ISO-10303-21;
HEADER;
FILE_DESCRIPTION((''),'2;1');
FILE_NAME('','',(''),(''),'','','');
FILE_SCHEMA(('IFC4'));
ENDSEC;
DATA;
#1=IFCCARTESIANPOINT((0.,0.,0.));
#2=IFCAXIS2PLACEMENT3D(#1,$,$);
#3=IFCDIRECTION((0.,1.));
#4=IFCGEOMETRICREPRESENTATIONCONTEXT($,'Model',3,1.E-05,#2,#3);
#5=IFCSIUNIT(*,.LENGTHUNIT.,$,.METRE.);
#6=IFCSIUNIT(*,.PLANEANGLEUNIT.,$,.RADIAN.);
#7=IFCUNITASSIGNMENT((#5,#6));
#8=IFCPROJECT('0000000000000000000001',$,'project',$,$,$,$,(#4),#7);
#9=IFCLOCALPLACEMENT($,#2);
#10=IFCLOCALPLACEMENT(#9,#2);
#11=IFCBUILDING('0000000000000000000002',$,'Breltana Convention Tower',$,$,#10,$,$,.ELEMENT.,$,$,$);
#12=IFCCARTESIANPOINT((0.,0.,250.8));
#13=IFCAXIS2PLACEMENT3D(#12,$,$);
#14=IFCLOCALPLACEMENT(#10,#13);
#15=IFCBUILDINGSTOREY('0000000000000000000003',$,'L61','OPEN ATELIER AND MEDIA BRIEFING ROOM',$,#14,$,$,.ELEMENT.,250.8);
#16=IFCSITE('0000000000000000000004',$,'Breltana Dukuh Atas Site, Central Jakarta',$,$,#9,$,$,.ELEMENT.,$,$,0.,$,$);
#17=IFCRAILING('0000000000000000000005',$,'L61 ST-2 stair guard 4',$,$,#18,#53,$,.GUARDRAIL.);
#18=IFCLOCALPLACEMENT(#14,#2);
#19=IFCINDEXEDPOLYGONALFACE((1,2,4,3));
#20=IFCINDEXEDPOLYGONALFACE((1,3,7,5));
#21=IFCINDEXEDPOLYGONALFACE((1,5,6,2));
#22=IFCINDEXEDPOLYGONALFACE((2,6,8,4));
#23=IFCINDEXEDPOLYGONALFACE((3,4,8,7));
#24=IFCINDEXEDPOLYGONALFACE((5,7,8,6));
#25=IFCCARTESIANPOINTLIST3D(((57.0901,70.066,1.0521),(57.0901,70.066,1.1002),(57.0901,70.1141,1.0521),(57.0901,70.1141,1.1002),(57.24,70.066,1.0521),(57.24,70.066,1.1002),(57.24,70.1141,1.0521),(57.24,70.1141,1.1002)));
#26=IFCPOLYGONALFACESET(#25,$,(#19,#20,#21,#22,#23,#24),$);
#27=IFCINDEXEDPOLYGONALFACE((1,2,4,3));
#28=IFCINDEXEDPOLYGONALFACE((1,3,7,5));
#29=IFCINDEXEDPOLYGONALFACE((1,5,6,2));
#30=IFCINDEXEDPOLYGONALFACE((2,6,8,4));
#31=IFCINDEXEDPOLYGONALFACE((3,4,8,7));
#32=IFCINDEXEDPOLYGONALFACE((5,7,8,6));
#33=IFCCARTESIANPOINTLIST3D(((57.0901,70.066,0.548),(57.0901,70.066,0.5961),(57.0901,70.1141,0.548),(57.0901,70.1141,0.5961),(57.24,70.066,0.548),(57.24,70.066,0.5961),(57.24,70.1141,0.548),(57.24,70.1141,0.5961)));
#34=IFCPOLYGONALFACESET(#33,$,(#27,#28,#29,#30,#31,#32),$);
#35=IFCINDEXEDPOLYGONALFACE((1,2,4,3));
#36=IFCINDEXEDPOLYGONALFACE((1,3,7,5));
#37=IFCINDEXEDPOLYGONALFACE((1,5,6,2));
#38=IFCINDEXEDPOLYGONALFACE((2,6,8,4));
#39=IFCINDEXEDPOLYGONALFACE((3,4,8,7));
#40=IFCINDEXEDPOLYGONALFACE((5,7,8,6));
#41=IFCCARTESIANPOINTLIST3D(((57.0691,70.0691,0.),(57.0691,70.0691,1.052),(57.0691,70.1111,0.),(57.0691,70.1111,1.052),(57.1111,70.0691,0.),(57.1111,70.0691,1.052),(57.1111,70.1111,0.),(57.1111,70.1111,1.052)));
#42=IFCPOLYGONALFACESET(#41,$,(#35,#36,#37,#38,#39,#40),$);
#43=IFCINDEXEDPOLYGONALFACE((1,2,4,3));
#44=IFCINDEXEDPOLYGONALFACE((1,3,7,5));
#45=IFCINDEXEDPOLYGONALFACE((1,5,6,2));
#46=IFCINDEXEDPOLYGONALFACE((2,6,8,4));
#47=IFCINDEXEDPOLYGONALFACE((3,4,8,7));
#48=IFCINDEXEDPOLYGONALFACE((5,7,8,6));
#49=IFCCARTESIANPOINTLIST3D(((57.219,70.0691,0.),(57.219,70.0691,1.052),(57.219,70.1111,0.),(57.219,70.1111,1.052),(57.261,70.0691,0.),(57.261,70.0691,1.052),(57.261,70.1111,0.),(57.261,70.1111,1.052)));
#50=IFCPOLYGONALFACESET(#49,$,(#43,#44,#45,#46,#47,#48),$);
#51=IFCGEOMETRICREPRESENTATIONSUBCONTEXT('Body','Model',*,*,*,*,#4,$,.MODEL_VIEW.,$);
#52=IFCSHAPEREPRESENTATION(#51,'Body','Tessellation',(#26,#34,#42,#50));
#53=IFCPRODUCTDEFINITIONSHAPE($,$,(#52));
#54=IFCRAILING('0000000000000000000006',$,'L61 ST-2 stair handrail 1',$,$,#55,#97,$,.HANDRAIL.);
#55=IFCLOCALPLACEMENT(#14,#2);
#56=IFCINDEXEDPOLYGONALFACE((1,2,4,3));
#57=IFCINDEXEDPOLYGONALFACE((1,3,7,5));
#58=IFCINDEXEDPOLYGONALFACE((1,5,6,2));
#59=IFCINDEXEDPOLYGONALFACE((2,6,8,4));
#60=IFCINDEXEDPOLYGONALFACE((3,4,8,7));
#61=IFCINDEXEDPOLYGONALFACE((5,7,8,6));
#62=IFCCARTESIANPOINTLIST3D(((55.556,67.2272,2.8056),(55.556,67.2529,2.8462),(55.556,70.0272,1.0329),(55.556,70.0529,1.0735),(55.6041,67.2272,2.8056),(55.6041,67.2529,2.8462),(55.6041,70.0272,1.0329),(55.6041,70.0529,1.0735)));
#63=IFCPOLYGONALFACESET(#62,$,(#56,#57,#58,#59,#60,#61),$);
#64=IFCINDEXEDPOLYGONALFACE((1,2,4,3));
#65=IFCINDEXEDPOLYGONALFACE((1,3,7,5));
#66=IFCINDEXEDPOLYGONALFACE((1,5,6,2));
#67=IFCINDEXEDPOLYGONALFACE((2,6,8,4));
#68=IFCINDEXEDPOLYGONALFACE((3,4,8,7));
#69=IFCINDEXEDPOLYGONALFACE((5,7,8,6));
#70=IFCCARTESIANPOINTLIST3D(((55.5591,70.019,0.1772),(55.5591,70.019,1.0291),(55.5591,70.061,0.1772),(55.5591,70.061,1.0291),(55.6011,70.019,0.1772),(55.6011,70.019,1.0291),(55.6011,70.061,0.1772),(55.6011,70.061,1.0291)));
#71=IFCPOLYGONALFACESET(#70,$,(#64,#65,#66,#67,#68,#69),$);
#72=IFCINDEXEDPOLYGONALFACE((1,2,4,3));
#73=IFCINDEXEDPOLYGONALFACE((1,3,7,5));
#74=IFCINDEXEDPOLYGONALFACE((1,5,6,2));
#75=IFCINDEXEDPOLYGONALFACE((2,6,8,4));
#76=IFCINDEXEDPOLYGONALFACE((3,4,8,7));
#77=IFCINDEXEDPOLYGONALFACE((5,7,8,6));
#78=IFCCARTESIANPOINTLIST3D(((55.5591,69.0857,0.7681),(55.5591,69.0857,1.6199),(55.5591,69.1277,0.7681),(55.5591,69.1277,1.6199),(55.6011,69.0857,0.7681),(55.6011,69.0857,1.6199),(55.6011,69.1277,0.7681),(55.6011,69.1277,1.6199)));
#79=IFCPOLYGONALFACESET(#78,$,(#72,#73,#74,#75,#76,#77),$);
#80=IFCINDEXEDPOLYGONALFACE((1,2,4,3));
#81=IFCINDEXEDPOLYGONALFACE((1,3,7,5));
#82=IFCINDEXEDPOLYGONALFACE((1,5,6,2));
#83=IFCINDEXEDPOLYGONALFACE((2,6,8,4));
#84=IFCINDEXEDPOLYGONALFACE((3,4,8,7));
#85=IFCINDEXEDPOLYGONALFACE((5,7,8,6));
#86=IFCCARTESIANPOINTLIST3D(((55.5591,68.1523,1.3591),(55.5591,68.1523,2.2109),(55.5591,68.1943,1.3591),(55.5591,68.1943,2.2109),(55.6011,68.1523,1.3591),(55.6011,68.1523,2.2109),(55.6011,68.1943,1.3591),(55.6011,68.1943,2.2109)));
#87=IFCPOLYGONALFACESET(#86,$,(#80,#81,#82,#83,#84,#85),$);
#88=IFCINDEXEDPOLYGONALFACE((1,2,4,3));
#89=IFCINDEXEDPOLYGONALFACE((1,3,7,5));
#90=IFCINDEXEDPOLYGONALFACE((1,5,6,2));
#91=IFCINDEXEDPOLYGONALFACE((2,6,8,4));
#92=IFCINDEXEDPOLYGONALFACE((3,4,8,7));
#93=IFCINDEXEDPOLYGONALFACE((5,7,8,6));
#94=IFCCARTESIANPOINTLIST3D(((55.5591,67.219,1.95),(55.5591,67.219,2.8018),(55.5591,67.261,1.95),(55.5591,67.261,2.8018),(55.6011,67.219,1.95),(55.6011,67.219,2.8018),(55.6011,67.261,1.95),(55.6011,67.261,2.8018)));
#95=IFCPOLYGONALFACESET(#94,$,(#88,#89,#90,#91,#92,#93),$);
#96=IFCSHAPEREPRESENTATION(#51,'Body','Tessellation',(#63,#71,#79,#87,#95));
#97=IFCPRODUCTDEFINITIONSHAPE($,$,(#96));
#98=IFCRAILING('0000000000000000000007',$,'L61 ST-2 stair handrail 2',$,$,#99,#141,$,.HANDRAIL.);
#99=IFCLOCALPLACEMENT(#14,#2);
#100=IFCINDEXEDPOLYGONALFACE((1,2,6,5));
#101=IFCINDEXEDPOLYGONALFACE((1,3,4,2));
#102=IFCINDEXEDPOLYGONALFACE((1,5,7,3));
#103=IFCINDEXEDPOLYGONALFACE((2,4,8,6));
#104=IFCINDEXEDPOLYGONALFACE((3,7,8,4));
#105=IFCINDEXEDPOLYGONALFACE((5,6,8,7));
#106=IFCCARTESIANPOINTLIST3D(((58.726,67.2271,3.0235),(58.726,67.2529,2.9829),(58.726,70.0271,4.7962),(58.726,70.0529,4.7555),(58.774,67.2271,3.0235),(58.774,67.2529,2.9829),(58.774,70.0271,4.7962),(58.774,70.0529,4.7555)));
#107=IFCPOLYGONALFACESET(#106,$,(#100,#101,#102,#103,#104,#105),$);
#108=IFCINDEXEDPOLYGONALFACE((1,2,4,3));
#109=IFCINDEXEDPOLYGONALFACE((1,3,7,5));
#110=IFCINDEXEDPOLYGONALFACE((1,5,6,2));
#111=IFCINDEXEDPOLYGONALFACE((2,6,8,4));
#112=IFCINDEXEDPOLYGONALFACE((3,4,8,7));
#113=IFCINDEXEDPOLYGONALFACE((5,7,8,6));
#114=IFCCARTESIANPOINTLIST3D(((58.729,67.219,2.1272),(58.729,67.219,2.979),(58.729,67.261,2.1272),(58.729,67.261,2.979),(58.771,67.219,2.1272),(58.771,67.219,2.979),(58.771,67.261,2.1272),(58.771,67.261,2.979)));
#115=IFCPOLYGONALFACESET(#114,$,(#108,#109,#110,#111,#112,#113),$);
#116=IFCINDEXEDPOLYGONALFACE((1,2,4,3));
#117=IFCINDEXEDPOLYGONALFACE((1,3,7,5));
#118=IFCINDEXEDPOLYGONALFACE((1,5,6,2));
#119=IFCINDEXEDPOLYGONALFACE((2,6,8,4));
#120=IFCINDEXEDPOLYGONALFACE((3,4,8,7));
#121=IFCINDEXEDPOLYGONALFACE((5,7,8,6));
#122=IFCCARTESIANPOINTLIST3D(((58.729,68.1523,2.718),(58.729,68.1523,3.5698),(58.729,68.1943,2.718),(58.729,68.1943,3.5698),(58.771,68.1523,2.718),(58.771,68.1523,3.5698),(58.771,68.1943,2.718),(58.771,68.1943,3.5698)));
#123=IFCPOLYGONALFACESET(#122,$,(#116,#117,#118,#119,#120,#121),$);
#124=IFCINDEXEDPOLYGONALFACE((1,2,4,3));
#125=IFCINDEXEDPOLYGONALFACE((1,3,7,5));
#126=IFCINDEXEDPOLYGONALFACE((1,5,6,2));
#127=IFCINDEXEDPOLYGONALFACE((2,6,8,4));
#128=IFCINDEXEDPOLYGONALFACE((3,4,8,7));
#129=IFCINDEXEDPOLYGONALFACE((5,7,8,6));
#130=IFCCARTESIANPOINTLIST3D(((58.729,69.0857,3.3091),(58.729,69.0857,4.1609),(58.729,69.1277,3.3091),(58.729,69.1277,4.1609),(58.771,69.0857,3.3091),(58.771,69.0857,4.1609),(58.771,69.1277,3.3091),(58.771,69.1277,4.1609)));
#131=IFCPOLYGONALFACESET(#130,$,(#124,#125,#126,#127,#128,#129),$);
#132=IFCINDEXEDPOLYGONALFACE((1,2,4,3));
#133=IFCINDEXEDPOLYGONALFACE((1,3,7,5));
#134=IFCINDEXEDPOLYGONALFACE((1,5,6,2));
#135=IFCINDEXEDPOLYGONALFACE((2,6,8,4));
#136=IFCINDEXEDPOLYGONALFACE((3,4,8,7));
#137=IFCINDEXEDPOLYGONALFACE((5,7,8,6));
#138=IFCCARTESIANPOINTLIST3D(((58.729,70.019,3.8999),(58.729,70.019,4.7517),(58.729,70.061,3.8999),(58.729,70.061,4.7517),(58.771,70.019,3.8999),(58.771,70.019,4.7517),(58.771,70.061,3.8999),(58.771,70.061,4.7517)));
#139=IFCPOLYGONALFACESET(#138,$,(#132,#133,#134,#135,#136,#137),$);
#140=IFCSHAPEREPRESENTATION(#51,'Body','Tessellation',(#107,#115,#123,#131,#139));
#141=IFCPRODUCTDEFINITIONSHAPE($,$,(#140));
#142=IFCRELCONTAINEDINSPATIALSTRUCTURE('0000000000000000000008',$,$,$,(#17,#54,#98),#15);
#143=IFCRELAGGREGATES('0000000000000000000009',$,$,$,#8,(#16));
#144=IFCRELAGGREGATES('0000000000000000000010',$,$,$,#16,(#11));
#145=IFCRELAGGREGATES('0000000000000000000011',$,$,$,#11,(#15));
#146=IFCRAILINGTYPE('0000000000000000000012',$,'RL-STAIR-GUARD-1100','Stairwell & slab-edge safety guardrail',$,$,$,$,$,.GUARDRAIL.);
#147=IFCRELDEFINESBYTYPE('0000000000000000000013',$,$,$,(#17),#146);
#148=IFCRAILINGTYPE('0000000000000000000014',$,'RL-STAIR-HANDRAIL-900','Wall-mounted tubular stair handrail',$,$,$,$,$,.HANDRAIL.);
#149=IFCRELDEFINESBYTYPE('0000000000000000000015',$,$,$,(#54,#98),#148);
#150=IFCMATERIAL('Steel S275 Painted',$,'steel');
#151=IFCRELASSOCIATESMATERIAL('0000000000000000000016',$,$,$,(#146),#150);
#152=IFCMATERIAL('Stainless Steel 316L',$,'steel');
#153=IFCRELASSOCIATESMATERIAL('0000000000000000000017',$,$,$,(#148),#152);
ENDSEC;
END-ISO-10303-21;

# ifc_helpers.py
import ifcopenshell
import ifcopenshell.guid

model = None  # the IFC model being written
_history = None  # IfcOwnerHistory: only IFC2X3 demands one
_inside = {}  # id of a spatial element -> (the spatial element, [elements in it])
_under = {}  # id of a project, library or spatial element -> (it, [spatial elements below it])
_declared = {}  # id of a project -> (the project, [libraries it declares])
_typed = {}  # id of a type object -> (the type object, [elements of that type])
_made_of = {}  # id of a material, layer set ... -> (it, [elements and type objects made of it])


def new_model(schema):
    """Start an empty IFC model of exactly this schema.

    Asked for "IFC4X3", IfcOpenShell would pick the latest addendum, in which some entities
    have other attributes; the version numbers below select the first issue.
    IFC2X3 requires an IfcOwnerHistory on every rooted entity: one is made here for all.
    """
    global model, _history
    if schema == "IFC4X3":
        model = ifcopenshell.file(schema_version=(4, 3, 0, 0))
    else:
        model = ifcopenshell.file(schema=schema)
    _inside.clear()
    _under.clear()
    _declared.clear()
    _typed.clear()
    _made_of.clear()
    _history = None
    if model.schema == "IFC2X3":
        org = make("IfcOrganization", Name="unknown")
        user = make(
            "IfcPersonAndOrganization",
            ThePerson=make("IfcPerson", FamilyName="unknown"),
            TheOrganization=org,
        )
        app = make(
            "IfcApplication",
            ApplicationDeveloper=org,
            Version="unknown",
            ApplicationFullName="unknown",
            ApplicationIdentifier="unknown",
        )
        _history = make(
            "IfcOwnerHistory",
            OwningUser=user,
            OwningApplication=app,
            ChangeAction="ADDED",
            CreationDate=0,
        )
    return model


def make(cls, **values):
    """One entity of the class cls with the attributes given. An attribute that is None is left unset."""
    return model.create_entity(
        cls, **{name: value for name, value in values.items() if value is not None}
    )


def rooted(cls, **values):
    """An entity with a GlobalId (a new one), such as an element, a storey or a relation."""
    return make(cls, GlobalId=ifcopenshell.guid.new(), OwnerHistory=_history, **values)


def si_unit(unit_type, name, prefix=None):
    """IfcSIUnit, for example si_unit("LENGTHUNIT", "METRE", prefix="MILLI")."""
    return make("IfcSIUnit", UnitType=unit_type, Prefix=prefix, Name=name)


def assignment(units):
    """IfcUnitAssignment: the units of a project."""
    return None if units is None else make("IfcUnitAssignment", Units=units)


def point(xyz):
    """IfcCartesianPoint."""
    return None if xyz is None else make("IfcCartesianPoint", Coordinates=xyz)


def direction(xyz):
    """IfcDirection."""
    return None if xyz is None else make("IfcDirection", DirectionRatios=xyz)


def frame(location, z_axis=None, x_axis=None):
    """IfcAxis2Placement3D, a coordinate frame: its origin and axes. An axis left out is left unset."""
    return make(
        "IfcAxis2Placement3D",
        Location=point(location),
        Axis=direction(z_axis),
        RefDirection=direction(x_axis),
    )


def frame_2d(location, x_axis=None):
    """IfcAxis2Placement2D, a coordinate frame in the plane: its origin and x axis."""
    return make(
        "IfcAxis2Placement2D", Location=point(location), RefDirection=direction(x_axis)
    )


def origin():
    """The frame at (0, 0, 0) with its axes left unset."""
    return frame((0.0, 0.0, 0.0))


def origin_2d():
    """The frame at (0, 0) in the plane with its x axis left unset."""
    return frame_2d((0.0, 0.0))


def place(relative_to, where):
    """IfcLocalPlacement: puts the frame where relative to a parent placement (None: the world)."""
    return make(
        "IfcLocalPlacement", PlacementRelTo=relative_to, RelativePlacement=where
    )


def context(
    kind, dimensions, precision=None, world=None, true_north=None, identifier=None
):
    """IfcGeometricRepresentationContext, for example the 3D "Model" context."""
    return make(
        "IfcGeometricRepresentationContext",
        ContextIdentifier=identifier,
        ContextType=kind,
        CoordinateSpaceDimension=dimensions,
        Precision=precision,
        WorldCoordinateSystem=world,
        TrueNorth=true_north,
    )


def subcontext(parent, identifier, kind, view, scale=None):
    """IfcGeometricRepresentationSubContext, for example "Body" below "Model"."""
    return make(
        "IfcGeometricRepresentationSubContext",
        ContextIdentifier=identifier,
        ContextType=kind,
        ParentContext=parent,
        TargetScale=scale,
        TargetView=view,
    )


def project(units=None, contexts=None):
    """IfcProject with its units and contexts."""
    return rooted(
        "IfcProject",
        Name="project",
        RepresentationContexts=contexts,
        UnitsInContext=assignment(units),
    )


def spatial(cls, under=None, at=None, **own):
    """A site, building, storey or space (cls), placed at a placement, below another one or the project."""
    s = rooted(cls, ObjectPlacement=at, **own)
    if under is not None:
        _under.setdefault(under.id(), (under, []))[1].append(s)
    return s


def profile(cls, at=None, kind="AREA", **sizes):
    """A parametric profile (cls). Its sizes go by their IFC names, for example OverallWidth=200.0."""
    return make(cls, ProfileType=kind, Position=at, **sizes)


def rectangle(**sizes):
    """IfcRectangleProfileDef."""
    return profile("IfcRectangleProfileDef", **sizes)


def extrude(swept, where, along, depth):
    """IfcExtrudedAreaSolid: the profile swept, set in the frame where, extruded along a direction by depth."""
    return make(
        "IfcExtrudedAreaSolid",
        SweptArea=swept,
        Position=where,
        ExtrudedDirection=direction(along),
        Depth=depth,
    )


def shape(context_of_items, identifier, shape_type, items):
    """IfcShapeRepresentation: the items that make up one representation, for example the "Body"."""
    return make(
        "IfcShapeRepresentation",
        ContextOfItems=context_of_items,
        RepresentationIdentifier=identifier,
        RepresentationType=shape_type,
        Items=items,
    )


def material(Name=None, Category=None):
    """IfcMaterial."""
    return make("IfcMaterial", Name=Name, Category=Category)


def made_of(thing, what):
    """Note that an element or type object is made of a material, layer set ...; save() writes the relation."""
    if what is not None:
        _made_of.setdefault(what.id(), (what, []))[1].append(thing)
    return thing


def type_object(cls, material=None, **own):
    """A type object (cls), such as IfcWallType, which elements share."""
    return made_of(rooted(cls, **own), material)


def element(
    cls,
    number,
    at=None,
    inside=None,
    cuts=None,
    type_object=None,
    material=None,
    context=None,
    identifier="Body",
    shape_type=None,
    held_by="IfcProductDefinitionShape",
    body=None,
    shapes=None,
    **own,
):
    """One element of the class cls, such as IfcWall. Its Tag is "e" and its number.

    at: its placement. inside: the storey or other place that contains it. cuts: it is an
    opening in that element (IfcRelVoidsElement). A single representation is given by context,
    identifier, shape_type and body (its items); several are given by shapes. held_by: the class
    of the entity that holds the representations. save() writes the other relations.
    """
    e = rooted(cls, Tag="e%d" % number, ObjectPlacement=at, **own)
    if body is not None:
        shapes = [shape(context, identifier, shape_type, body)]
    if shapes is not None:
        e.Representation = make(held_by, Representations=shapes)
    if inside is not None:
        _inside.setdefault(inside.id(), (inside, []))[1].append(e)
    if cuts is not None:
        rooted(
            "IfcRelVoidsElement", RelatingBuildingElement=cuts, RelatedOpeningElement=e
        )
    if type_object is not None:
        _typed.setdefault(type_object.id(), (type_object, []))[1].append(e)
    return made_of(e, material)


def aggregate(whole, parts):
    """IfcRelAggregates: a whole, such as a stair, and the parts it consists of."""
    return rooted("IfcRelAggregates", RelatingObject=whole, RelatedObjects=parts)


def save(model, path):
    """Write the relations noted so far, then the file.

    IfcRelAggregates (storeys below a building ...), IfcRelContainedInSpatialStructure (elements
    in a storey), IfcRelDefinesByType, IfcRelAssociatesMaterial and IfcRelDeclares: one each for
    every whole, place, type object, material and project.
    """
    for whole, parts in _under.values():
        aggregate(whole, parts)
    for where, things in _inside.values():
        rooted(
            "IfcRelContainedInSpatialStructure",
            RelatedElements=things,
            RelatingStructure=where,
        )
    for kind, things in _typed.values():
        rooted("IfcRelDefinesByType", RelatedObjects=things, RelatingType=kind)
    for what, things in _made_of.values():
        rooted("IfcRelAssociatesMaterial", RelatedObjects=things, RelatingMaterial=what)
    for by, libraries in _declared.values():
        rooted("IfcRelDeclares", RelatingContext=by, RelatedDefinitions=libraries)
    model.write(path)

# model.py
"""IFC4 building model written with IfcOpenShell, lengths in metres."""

from ifc_helpers import new_model, si_unit, direction, frame, origin, origin_2d, place, context, subcontext, project, spatial, rectangle, extrude, material, type_object, element, save


model = new_model("IFC4")

# Units and contexts
model_context = context("Model", 3, precision=1e-05, world=origin(), true_north=direction((0.0, 1.0)))
body_context = subcontext(model_context, "Body", "Model", "MODEL_VIEW")
ifc_project = project(units=[si_unit("LENGTHUNIT", "METRE"), si_unit("PLANEANGLEUNIT", "RADIAN")], contexts=[model_context])

# Site, building, storey
site_placement = place(None, origin())
site = spatial("IfcSite", under=ifc_project, at=site_placement, Name="Breltana Dukuh Atas Site, Central Jakarta", CompositionType="ELEMENT", RefElevation=0.0)
building_placement = place(site_placement, origin())
building = spatial("IfcBuilding", under=site, at=building_placement, Name="Breltana Convention Tower", CompositionType="ELEMENT")
storey_placement = place(building_placement, frame((0.0, 0.0, 250.8)))
storey = spatial("IfcBuildingStorey", under=building, at=storey_placement, Name="L61", Description="OPEN ATELIER AND MEDIA BRIEFING ROOM", CompositionType="ELEMENT", Elevation=250.8)

# Railings
ifc_material_1 = material(Name="Steel S275 Painted", Category="steel")
railing_type_1 = type_object("IfcRailingType", Name="RL-STAIR-GUARD-1100", Description="Stairwell & slab-edge safety guardrail", PredefinedType="GUARDRAIL", material=ifc_material_1)
railing_1_placement = place(storey_placement, frame((57.0901, 70.0901, 0.0)))
element("IfcRailing", 1, at=railing_1_placement, inside=storey, type_object=railing_type_1, Name="L61 ST-2 stair guard 4", PredefinedType="GUARDRAIL", context=body_context, shape_type="SweptSolid", body=[
    extrude(rectangle(XDim=0.0481, YDim=0.0481, at=origin_2d()), frame((0.0, 0.0, 1.0762), z_axis=(1.0, 0.0, 0.0), x_axis=(0.0, 1.0, 0.0)), (0.0, 0.0, 1.0), 0.1499),
    extrude(rectangle(XDim=0.0481, YDim=0.0481, at=origin_2d()), frame((0.0, 0.0, 0.572), z_axis=(1.0, 0.0, 0.0), x_axis=(0.0, 1.0, 0.0)), (0.0, 0.0, 1.0), 0.1499),
    extrude(rectangle(XDim=0.042, YDim=0.042, at=origin_2d()), origin(), (0.0, 0.0, 1.0), 1.052),
    extrude(rectangle(XDim=0.042, YDim=0.042, at=origin_2d()), frame((0.1499, 0.0, 0.0)), (0.0, 0.0, 1.0), 1.052),
])
ifc_material_2 = material(Name="Stainless Steel 316L", Category="steel")
railing_type_2 = type_object("IfcRailingType", Name="RL-STAIR-HANDRAIL-900", Description="Wall-mounted tubular stair handrail", PredefinedType="HANDRAIL", material=ifc_material_2)
railing_2_placement = place(storey_placement, frame((55.5801, 70.04, 0.1772)))
element("IfcRailing", 2, at=railing_2_placement, inside=storey, type_object=railing_type_2, Name="L61 ST-2 stair handrail 1", PredefinedType="HANDRAIL", context=body_context, shape_type="SweptSolid", body=[
    extrude(rectangle(XDim=0.0481, YDim=0.0481, at=origin_2d()), frame((0.0, 0.0, 0.876), z_axis=(0.0, -0.844909, 0.53491), x_axis=(1.0, 0.0, 0.0)), (0.0, 0.0, 1.0), 3.314),
    extrude(rectangle(XDim=0.042, YDim=0.042, at=origin_2d()), origin(), (0.0, 0.0, 1.0), 0.8518),
    extrude(rectangle(XDim=0.042, YDim=0.042, at=origin_2d()), frame((0.0, -0.9333, 0.5908)), (0.0, 0.0, 1.0), 0.8518),
    extrude(rectangle(XDim=0.042, YDim=0.042, at=origin_2d()), frame((0.0, -1.8667, 1.1819)), (0.0, 0.0, 1.0), 0.8518),
    extrude(rectangle(XDim=0.042, YDim=0.042, at=origin_2d()), frame((0.0, -2.8, 1.7727)), (0.0, 0.0, 1.0), 0.8518),
])
railing_3_placement = place(storey_placement, frame((58.75, 67.24, 2.1272)))
element("IfcRailing", 3, at=railing_3_placement, inside=storey, type_object=railing_type_2, Name="L61 ST-2 stair handrail 2", PredefinedType="HANDRAIL", context=body_context, shape_type="SweptSolid", body=[
    extrude(rectangle(XDim=0.0481, YDim=0.0481, at=origin_2d()), frame((0.0, 0.0, 0.876), z_axis=(0.0, 0.844909, 0.53491), x_axis=(-1.0, 0.0, 0.0)), (0.0, 0.0, 1.0), 3.314),
    extrude(rectangle(XDim=0.042, YDim=0.042, at=origin_2d()), origin(), (0.0, 0.0, 1.0), 0.8518),
    extrude(rectangle(XDim=0.042, YDim=0.042, at=origin_2d()), frame((0.0, 0.9333, 0.5908)), (0.0, 0.0, 1.0), 0.8518),
    extrude(rectangle(XDim=0.042, YDim=0.042, at=origin_2d()), frame((0.0, 1.8667, 1.1819)), (0.0, 0.0, 1.0), 0.8518),
    extrude(rectangle(XDim=0.042, YDim=0.042, at=origin_2d()), frame((0.0, 2.8, 1.7727)), (0.0, 0.0, 1.0), 0.8518),
])

save(model, "model.ifc")
